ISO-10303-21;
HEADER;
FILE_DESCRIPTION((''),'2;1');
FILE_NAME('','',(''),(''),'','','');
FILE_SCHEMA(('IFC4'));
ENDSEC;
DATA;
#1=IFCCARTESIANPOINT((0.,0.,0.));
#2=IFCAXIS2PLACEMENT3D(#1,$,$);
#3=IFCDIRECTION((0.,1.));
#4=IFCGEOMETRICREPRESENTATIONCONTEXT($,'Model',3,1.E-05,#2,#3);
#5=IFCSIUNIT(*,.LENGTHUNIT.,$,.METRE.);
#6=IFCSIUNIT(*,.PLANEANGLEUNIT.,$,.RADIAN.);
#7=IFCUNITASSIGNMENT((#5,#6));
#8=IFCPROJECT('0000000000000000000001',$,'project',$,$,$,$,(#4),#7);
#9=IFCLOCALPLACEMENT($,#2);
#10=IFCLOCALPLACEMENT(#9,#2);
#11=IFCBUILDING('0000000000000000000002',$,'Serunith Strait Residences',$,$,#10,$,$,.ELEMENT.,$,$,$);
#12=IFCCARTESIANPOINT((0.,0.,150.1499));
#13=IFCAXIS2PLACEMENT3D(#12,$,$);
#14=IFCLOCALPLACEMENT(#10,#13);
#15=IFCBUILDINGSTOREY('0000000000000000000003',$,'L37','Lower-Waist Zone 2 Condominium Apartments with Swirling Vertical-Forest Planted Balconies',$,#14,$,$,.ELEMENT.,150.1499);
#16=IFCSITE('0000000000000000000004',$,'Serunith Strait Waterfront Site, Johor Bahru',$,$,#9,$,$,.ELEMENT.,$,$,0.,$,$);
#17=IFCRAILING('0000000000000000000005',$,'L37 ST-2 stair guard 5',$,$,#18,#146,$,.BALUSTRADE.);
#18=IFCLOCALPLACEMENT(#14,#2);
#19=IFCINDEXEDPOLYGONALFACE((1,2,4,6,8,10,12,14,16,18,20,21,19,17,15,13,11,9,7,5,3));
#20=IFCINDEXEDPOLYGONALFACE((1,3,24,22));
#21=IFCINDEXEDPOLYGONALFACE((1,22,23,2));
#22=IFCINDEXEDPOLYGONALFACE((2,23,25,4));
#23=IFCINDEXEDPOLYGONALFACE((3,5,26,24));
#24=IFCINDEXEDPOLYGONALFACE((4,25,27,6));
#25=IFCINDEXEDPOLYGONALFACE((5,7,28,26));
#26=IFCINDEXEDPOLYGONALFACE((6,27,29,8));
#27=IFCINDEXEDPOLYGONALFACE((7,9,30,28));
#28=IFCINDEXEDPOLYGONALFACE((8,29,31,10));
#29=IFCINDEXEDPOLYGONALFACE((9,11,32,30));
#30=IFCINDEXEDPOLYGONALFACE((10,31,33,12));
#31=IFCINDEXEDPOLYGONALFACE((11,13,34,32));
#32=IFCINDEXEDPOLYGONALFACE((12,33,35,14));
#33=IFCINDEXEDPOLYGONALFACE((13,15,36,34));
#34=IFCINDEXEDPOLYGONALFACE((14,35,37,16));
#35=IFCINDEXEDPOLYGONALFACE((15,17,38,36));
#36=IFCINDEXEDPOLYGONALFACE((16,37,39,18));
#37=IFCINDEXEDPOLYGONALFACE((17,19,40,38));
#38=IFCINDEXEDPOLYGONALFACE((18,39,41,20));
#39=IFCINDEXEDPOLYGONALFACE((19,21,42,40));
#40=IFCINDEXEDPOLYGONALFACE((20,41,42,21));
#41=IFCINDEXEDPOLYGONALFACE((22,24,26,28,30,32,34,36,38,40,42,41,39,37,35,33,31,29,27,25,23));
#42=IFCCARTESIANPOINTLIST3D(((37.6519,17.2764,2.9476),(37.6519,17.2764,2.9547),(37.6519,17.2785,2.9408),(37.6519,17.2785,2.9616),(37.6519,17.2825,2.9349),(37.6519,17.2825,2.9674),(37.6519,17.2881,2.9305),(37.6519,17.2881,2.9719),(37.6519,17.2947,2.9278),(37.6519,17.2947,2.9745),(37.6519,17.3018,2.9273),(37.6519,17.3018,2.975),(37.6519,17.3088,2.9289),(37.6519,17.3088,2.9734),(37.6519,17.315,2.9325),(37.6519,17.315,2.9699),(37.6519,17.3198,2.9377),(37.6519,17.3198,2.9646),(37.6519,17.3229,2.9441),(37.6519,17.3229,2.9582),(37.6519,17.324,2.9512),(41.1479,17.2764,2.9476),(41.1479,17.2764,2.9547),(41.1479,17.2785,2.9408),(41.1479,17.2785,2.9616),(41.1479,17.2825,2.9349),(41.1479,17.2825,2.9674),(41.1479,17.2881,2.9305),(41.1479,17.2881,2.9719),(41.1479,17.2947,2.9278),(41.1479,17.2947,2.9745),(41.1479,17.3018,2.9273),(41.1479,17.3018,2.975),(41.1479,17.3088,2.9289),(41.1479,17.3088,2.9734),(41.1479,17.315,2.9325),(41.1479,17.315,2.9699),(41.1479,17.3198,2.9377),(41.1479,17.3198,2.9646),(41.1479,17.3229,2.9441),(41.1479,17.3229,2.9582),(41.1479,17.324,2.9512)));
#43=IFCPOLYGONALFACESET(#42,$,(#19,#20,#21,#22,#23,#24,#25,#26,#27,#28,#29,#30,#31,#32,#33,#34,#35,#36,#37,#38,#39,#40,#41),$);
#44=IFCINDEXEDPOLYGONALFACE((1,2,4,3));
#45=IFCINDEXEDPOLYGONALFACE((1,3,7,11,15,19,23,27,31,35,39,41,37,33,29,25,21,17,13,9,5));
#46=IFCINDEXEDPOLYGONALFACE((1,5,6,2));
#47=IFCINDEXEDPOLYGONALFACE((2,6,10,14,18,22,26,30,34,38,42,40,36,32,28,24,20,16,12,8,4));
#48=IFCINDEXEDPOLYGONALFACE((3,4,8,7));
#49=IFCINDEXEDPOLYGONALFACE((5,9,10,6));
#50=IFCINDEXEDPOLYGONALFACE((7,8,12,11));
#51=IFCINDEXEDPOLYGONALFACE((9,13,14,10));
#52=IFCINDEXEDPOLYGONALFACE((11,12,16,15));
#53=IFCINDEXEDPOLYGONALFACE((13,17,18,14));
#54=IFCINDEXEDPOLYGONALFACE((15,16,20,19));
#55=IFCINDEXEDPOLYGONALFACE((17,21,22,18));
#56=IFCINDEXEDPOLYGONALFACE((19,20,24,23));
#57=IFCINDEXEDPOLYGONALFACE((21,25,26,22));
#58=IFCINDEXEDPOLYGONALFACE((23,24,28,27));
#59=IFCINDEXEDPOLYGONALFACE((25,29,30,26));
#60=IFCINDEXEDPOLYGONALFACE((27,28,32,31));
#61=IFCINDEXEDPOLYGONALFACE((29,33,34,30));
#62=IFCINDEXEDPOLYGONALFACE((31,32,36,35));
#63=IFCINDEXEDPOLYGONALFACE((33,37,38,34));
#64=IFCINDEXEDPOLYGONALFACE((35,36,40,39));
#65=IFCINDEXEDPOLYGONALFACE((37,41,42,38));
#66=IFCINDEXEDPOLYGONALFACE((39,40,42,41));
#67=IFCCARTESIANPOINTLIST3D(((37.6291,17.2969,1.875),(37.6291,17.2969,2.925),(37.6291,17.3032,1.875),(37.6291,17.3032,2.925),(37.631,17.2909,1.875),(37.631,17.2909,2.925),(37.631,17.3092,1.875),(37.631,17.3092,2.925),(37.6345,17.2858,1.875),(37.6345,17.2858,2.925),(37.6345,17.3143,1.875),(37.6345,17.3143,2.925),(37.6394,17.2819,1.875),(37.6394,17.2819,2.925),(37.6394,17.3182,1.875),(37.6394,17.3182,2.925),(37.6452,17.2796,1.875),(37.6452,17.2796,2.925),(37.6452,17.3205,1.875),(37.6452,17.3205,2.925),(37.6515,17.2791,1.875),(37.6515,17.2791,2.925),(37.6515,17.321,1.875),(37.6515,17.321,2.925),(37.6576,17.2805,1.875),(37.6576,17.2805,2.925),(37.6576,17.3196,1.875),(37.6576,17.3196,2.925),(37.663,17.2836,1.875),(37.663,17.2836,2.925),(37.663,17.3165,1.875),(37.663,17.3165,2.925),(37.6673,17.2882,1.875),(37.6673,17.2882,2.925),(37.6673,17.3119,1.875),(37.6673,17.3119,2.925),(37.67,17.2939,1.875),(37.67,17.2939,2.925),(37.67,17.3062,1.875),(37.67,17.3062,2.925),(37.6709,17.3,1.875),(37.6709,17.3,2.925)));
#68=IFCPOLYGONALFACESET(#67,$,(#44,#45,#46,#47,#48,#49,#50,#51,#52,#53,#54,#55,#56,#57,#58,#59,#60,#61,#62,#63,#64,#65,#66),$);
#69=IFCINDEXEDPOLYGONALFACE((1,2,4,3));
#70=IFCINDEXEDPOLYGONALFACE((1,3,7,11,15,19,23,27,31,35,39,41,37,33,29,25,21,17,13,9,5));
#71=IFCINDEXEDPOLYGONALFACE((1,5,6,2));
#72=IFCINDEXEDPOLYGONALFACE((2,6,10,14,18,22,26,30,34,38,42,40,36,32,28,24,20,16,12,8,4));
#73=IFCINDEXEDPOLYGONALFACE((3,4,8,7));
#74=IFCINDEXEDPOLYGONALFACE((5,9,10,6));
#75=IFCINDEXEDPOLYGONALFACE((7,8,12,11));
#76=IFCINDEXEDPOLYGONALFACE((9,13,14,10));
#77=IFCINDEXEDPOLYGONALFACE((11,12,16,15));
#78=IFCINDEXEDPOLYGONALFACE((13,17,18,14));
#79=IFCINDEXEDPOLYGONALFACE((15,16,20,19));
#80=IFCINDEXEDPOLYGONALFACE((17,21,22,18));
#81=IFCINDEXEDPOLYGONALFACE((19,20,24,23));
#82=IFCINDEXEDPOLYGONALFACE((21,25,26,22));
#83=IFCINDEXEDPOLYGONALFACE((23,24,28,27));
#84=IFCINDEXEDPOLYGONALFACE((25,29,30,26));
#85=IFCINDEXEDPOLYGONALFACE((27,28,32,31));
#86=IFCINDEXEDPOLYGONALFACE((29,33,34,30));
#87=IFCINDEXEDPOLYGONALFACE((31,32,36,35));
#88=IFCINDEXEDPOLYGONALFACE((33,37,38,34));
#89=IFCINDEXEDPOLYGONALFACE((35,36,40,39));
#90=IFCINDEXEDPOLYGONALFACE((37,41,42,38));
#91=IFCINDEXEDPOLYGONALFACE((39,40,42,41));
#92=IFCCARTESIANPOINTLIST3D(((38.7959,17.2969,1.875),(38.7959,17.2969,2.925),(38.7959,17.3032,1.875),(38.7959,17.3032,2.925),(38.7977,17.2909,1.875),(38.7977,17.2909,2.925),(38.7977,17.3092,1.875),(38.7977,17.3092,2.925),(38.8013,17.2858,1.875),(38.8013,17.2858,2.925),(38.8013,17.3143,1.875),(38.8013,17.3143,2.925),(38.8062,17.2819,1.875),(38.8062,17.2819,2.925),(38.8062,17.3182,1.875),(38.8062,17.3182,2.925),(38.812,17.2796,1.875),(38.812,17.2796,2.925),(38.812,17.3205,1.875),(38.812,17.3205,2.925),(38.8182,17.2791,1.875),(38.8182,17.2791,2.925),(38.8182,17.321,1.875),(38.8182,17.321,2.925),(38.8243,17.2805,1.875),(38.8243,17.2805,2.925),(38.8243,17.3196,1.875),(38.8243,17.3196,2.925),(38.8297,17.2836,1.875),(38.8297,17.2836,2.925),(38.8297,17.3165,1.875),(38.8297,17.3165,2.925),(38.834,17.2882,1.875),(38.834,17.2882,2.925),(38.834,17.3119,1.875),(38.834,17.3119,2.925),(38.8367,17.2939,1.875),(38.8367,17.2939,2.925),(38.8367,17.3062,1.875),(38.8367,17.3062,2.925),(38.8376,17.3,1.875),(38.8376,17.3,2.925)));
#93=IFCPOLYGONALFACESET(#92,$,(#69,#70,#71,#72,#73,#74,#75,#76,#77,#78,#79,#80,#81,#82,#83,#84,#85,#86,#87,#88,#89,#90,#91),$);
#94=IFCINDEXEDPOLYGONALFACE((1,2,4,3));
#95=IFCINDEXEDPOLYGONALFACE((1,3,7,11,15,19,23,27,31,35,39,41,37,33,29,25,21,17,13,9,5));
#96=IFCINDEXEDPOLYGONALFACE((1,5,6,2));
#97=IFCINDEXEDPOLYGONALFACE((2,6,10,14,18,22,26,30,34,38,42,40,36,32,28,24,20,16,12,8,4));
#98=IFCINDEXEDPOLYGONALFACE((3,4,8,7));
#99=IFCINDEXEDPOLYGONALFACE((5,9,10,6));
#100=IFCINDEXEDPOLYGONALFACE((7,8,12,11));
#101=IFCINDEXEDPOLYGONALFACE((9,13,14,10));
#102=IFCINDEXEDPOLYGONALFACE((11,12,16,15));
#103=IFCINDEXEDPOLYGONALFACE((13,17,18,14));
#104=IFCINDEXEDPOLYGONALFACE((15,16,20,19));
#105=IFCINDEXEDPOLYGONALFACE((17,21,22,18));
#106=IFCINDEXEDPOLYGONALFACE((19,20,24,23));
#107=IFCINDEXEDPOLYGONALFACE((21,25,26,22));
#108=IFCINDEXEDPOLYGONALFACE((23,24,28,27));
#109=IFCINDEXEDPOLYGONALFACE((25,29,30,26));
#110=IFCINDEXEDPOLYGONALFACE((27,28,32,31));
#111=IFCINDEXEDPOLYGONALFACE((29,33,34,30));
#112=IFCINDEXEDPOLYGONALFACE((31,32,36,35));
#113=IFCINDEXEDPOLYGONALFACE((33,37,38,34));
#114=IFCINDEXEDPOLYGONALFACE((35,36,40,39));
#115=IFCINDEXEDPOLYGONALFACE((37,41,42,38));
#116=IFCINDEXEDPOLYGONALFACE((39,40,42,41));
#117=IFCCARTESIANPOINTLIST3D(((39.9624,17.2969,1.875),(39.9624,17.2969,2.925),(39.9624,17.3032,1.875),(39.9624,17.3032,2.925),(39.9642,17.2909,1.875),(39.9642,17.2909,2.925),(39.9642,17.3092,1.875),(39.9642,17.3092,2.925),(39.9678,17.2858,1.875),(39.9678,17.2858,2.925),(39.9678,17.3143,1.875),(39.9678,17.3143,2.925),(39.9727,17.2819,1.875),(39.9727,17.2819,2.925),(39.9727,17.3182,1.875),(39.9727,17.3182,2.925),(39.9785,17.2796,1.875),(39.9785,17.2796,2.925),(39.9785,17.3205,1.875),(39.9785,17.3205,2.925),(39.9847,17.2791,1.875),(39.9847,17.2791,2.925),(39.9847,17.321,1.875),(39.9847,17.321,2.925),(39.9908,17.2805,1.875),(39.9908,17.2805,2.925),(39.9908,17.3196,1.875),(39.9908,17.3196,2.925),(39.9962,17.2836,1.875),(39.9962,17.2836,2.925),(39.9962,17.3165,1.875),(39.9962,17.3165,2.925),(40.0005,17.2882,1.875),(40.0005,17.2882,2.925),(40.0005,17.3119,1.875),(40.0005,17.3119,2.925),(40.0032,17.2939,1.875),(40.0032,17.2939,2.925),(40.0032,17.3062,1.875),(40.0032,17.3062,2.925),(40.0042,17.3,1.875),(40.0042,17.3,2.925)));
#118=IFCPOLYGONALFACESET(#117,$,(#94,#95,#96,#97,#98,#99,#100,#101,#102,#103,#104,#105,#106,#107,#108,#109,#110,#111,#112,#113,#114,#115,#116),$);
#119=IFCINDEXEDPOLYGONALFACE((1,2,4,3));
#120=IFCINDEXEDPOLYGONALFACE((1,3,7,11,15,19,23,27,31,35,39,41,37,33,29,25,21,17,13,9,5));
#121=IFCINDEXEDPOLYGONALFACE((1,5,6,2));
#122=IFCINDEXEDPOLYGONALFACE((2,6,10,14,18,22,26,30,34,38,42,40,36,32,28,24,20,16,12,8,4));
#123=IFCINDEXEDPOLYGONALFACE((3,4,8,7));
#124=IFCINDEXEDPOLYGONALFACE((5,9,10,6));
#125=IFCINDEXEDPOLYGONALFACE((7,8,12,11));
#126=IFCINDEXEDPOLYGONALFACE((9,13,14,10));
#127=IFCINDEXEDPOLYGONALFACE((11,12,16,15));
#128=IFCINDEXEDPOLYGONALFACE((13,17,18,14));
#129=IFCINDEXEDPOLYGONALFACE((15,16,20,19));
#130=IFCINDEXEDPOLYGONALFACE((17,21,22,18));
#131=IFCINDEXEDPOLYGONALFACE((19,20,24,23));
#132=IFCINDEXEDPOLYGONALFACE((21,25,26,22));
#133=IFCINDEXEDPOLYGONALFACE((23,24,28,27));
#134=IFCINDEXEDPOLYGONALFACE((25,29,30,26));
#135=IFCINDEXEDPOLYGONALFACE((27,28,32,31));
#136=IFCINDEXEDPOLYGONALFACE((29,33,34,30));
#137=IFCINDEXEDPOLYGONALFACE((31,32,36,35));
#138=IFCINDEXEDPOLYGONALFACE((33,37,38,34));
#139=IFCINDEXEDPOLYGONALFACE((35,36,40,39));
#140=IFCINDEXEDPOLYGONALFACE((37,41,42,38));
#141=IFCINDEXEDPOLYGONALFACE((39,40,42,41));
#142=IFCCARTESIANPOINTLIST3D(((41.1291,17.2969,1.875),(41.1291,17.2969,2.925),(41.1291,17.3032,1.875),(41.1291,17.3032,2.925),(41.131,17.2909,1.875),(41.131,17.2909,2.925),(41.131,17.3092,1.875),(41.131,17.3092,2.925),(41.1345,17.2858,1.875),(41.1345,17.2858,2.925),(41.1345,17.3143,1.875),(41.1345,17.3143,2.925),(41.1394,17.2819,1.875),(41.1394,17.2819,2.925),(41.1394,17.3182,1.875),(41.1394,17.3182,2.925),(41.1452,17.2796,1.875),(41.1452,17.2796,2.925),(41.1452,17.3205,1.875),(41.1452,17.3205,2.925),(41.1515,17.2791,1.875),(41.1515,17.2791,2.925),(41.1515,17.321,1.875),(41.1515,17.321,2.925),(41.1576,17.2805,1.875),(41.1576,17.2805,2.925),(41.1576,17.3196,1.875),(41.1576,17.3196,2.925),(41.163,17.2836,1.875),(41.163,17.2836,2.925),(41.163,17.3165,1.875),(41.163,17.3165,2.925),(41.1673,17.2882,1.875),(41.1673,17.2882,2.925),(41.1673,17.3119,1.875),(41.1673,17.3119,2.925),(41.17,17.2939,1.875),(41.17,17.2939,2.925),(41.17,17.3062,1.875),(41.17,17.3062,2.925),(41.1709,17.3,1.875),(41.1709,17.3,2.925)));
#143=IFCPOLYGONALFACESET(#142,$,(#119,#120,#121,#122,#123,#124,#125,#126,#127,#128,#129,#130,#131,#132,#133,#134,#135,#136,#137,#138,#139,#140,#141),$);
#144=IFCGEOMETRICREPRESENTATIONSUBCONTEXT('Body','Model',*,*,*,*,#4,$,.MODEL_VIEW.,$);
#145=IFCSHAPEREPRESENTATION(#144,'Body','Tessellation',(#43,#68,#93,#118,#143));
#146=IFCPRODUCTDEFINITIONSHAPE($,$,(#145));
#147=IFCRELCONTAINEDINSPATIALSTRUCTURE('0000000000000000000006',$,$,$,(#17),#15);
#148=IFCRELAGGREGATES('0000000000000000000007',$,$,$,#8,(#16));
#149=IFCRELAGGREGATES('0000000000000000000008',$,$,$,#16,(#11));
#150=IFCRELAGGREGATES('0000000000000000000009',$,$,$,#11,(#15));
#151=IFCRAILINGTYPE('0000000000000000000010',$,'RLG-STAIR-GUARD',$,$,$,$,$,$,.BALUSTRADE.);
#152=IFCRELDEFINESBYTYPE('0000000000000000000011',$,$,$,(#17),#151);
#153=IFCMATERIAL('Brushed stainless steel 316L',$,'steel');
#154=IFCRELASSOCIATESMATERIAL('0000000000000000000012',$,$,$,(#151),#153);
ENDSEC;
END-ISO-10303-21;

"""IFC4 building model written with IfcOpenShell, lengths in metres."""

from ifc_helpers import new_model, si_unit, direction, frame, origin, origin_2d, place, context, subcontext, project, spatial, circle, extrude, material, type_object, element, save


model = new_model("IFC4")

# Units and contexts
model_context = context("Model", 3, precision=1e-05, world=origin(), true_north=direction((0.0, 1.0)))
body_context = subcontext(model_context, "Body", "Model", "MODEL_VIEW")
ifc_project = project(units=[si_unit("LENGTHUNIT", "METRE"), si_unit("PLANEANGLEUNIT", "RADIAN")], contexts=[model_context])

# Site, building, storey
site_placement = place(None, origin())
site = spatial("IfcSite", under=ifc_project, at=site_placement, Name="Serunith Strait Waterfront Site, Johor Bahru", CompositionType="ELEMENT", RefElevation=0.0)
building_placement = place(site_placement, origin())
building = spatial("IfcBuilding", under=site, at=building_placement, Name="Serunith Strait Residences", CompositionType="ELEMENT")
storey_placement = place(building_placement, frame((0.0, 0.0, 150.1499)))
storey = spatial("IfcBuildingStorey", under=building, at=storey_placement, Name="L37", Description="Lower-Waist Zone 2 Condominium Apartments with Swirling Vertical-Forest Planted Balconies", CompositionType="ELEMENT", Elevation=150.1499)

# Railing
ifc_material_1 = material(Name="Brushed stainless steel 316L", Category="steel")
railing_type_1 = type_object("IfcRailingType", Name="RLG-STAIR-GUARD", PredefinedType="BALUSTRADE", material=ifc_material_1)
railing_1_placement = place(storey_placement, frame((37.6499, 17.3, 1.875)))
element("IfcRailing", 1, at=railing_1_placement, inside=storey, type_object=railing_type_1, Name="L37 ST-2 stair guard 5", PredefinedType="BALUSTRADE", context=body_context, shape_type="SweptSolid", body=[
    extrude(circle(Radius=0.0239, at=origin_2d()), frame((0.002, 0.0, 1.0762), z_axis=(1.0, 0.0, 0.0), x_axis=(0.0, 1.0, 0.0)), (0.0, 0.0, 1.0), 3.4961),
    extrude(circle(Radius=0.021, at=origin_2d()), origin(), (0.0, 0.0, 1.0), 1.05),
    extrude(circle(Radius=0.021, at=origin_2d()), frame((1.1667, 0.0, 0.0)), (0.0, 0.0, 1.0), 1.05),
    extrude(circle(Radius=0.021, at=origin_2d()), frame((2.3333, 0.0, 0.0)), (0.0, 0.0, 1.0), 1.05),
    extrude(circle(Radius=0.021, at=origin_2d()), frame((3.5, 0.0, 0.0)), (0.0, 0.0, 1.0), 1.05),
])

save(model, "model.ifc")
